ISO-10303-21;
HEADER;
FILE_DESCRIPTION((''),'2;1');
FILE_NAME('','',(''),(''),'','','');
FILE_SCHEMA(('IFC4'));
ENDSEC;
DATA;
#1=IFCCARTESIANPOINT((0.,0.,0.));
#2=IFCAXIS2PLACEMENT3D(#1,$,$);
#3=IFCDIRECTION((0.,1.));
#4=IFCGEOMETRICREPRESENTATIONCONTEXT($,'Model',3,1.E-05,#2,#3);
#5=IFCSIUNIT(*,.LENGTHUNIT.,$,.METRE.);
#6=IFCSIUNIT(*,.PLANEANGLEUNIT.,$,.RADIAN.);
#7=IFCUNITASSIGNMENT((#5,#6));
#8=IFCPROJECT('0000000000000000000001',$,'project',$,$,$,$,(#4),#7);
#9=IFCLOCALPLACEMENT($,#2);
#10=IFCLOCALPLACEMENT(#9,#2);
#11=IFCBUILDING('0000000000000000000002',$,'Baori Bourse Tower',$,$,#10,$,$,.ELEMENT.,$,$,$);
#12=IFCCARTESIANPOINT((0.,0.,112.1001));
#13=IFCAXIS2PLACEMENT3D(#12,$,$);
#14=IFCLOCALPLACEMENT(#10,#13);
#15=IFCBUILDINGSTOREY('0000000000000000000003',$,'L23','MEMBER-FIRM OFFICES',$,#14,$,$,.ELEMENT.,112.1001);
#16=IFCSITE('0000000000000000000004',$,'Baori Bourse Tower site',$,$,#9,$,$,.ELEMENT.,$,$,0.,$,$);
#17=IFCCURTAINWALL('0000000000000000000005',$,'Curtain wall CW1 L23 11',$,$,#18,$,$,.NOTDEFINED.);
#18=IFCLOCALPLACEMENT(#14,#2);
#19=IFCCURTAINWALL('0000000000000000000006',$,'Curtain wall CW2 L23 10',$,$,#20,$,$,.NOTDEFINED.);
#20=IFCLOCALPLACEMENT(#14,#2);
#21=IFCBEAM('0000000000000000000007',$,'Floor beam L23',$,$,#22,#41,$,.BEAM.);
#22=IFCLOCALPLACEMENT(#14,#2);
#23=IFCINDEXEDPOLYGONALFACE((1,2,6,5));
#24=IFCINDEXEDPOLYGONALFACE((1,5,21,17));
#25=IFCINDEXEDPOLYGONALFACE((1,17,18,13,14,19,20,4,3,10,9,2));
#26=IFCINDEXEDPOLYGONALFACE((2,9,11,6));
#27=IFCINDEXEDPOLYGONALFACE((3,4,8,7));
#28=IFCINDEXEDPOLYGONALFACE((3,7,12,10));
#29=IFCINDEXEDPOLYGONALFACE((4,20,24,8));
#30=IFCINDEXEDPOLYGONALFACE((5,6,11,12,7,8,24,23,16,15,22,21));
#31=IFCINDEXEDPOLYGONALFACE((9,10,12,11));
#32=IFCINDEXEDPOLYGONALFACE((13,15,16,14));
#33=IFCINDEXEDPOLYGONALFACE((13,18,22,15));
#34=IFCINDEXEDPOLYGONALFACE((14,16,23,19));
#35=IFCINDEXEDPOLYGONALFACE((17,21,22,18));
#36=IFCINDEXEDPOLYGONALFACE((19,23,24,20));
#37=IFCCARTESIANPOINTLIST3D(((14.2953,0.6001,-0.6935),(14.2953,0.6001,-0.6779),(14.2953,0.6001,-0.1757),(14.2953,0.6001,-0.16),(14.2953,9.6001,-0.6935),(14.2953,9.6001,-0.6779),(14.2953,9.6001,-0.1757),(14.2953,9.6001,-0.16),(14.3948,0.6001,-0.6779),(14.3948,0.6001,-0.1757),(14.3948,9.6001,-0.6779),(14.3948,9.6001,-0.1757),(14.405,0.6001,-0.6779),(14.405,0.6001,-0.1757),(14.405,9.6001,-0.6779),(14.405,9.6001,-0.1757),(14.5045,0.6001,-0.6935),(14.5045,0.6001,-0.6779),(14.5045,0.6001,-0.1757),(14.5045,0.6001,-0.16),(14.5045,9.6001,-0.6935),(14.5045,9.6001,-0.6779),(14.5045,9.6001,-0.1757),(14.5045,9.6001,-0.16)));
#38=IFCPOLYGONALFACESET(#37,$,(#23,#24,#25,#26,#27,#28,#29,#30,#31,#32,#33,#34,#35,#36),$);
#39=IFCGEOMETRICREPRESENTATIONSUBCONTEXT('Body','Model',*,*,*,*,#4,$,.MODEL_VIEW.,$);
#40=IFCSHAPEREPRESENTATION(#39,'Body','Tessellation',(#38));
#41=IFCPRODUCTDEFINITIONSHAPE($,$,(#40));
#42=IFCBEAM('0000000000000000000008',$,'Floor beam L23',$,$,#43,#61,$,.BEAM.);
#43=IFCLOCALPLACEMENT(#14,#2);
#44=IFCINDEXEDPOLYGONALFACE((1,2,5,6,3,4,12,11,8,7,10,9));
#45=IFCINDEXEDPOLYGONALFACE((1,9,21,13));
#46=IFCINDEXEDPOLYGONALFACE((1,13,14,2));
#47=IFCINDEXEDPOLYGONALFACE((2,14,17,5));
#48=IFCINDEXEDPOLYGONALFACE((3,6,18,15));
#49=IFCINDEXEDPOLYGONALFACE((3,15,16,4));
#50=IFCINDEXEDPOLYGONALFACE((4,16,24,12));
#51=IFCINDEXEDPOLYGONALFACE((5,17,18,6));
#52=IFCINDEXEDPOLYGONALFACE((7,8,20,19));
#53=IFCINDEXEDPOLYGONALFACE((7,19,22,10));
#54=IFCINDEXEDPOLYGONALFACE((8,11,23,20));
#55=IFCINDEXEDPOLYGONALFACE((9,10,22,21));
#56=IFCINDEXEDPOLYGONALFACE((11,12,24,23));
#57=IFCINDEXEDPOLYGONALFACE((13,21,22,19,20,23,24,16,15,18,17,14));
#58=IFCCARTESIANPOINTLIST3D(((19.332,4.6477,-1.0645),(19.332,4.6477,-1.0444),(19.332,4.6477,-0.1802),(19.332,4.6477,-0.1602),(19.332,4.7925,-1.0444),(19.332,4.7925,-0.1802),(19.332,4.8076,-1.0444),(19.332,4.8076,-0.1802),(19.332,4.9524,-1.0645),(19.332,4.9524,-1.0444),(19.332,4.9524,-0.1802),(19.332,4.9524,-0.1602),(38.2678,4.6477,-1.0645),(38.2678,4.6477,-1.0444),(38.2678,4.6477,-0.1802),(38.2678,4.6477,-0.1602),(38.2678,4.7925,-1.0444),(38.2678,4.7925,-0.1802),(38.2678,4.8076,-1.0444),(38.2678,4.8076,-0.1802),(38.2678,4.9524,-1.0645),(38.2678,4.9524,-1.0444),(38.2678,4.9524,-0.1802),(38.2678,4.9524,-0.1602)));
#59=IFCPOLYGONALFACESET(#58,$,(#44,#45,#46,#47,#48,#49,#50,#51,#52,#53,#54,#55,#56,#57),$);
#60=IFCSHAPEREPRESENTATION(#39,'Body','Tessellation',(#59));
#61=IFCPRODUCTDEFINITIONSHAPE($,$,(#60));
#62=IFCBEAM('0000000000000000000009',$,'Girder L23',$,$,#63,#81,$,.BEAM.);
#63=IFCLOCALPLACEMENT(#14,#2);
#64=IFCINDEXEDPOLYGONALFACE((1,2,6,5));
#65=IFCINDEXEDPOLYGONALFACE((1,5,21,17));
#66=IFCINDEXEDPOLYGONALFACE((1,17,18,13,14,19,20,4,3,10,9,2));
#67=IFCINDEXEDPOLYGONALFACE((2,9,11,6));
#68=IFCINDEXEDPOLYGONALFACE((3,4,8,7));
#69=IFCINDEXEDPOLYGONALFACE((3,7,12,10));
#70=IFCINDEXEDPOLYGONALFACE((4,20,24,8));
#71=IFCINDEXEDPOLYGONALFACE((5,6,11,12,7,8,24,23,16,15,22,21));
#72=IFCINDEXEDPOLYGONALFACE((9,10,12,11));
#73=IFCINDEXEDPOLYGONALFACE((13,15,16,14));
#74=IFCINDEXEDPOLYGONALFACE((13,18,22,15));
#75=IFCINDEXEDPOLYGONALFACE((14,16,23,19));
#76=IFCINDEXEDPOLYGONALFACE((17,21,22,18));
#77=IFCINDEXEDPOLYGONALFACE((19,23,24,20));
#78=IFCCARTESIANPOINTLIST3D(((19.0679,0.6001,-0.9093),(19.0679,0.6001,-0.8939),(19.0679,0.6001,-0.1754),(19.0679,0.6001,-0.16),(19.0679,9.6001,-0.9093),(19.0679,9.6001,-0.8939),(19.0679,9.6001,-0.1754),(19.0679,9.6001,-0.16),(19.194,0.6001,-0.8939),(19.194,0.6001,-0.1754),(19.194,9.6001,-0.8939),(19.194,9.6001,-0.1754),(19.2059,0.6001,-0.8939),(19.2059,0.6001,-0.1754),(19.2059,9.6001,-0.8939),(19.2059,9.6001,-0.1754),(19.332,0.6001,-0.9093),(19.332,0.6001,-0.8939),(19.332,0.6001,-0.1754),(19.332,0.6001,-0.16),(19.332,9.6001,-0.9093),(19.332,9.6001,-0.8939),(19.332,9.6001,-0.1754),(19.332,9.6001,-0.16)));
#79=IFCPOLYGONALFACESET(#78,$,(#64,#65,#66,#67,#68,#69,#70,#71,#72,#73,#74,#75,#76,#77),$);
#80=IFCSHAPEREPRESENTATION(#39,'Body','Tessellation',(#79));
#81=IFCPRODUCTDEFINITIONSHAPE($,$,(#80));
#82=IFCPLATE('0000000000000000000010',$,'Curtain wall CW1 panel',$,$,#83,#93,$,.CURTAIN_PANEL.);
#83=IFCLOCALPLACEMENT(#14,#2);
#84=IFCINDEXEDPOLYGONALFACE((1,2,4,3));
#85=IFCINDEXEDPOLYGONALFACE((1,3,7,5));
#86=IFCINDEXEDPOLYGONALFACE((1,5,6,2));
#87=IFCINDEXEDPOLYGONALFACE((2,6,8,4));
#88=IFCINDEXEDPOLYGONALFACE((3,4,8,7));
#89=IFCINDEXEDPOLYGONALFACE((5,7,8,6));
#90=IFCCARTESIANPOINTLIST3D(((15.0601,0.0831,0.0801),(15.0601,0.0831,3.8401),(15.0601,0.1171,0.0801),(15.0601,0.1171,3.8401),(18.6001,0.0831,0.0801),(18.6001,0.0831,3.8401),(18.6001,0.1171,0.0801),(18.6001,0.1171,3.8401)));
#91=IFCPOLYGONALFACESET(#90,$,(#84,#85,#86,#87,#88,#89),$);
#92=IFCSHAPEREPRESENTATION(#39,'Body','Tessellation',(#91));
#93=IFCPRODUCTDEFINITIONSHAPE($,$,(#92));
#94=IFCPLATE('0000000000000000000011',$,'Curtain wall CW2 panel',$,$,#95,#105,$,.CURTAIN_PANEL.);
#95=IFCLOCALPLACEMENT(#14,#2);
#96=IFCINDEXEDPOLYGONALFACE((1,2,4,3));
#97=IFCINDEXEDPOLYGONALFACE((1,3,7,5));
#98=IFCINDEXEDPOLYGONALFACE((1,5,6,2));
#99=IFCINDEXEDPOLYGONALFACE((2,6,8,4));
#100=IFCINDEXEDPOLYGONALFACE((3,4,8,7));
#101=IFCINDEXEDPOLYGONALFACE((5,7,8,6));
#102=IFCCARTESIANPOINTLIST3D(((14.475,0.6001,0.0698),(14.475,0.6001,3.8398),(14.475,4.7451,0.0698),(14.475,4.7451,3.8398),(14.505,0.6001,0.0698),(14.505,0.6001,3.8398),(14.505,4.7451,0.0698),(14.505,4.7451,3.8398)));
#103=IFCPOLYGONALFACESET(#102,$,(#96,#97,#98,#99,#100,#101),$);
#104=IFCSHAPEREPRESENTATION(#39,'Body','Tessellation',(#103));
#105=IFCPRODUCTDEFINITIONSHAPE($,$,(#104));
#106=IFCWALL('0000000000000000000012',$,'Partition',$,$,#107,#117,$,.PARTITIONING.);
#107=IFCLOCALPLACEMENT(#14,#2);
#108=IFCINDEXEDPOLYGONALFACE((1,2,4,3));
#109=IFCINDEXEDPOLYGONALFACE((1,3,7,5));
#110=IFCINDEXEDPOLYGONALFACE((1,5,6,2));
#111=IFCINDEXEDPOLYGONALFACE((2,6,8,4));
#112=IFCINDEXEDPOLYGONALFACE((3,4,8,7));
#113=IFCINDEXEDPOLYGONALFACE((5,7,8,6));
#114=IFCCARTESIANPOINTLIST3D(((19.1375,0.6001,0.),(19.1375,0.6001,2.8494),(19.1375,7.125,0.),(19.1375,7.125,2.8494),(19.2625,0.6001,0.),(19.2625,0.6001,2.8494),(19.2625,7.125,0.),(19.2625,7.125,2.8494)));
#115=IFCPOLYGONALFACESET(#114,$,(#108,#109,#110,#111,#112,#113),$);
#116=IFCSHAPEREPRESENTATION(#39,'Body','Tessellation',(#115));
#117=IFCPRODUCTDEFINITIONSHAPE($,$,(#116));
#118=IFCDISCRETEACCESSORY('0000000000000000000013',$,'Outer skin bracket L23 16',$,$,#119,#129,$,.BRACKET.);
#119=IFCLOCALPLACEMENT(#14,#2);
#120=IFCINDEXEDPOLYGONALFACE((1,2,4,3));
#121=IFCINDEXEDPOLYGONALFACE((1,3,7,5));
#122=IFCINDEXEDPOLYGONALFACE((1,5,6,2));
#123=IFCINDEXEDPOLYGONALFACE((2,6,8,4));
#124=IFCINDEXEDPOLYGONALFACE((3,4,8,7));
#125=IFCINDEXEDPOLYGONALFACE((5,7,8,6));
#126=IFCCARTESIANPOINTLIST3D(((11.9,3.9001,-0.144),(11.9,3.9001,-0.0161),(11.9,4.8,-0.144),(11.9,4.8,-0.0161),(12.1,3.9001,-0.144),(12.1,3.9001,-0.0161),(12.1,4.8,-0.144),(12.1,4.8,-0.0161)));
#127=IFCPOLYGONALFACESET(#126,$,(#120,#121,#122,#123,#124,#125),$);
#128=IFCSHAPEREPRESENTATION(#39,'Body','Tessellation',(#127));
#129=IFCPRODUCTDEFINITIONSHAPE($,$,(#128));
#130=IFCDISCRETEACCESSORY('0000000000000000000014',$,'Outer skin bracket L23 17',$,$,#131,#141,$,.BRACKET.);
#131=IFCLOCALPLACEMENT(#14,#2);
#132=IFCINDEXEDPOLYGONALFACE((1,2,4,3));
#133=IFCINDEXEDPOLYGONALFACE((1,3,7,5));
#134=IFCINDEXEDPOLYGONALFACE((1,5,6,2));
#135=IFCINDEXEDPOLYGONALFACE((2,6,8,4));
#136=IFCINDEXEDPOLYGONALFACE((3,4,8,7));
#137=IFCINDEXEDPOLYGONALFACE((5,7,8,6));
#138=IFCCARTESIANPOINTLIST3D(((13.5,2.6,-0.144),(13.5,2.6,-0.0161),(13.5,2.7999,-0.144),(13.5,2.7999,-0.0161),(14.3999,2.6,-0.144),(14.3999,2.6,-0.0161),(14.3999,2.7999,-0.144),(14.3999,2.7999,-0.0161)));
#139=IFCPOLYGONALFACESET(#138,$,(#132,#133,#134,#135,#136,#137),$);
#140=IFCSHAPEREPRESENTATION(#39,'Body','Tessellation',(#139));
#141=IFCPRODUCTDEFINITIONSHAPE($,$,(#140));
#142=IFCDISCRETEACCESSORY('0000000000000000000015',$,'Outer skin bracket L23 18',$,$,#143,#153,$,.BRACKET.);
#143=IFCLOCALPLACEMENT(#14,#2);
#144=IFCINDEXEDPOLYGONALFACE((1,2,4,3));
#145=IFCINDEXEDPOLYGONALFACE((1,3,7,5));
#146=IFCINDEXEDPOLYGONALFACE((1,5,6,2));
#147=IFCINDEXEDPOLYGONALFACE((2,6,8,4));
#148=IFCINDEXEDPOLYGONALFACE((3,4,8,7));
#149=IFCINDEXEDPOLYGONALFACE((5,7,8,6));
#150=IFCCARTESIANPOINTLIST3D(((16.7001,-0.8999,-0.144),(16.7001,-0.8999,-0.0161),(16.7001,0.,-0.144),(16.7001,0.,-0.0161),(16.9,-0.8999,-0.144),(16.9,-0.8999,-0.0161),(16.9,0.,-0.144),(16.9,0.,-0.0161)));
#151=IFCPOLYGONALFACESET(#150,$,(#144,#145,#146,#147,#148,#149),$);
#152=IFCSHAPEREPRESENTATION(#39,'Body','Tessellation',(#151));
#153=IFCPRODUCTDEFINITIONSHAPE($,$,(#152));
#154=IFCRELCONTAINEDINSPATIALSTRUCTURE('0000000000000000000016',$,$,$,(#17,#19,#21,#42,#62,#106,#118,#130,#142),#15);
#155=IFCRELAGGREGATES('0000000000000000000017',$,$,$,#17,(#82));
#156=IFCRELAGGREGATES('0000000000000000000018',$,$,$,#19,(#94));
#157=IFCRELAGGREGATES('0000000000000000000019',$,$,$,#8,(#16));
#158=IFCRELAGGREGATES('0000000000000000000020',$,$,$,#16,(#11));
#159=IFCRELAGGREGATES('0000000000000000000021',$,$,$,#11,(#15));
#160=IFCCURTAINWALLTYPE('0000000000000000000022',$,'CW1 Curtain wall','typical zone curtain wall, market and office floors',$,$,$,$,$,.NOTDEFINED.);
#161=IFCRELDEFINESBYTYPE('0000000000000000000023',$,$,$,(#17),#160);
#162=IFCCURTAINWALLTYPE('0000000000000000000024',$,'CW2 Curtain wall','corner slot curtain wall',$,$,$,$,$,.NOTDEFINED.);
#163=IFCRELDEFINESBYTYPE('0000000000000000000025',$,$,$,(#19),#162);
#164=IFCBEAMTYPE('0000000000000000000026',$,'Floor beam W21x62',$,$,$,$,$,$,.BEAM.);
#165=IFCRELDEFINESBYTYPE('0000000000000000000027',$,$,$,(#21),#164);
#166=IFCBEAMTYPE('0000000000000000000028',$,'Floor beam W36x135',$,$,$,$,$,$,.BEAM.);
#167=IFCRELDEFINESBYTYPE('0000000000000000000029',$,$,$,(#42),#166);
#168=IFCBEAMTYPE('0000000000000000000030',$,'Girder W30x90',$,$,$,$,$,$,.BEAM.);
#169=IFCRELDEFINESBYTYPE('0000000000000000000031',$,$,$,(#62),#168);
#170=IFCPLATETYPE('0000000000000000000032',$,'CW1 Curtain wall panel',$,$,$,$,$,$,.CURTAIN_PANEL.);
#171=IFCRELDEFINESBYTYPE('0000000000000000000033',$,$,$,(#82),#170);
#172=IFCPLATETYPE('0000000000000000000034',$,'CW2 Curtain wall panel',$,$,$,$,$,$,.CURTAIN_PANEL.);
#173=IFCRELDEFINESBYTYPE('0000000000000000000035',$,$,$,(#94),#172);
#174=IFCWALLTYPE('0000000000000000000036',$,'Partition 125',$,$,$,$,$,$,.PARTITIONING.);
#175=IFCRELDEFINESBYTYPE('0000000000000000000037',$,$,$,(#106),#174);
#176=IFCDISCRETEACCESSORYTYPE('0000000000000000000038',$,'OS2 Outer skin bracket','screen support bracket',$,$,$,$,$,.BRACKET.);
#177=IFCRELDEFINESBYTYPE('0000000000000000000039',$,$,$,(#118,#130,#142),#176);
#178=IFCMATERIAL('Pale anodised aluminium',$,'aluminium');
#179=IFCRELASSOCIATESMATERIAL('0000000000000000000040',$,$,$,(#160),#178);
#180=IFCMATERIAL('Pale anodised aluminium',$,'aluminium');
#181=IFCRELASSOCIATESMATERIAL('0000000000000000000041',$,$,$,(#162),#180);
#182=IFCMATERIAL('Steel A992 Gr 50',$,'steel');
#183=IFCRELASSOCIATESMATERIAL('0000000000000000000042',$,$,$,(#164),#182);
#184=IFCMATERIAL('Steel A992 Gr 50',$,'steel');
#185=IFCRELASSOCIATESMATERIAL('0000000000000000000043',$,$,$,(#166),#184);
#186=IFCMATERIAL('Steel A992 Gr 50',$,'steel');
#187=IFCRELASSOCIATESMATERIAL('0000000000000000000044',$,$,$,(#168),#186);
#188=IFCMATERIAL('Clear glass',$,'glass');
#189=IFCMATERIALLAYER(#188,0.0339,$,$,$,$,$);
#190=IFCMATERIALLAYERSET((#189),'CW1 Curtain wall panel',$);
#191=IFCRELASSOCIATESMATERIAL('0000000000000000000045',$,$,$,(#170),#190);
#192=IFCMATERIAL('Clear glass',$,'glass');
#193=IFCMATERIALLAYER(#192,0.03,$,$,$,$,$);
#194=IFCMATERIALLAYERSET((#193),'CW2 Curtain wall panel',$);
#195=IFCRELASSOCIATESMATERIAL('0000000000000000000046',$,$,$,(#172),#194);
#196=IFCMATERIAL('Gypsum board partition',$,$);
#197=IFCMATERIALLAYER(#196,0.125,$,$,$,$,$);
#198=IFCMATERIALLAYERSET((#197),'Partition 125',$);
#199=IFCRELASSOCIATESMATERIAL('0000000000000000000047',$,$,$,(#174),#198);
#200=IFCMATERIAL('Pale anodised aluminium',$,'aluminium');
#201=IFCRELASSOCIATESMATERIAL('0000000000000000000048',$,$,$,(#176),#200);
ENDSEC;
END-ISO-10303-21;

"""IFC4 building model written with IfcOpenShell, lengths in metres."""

from ifc_helpers import new_model, si_unit, direction, frame, frame_2d, origin, origin_2d, place, context, subcontext, project, spatial, rectangle, i_section, extrude, material, layer, layer_set, material_profile, profile_set, type_object, element, aggregate, save


model = new_model("IFC4")

# Units and contexts
model_context = context("Model", 3, precision=1e-05, world=origin(), true_north=direction((0.0, 1.0)))
body_context = subcontext(model_context, "Body", "Model", "MODEL_VIEW")
ifc_project = project(units=[si_unit("LENGTHUNIT", "METRE"), si_unit("PLANEANGLEUNIT", "RADIAN")], contexts=[model_context])

# Site, building, storey
site_placement = place(None, origin())
site = spatial("IfcSite", under=ifc_project, at=site_placement, Name="Baori Bourse Tower site", CompositionType="ELEMENT", RefElevation=0.0)
building_placement = place(site_placement, origin())
building = spatial("IfcBuilding", under=site, at=building_placement, Name="Baori Bourse Tower", CompositionType="ELEMENT")
storey_placement = place(building_placement, frame((0.0, 0.0, 112.1001)))
storey = spatial("IfcBuildingStorey", under=building, at=storey_placement, Name="L23", Description="MEMBER-FIRM OFFICES", CompositionType="ELEMENT", Elevation=112.1001)

# Curtain walls
ifc_material_1 = material(Name="Pale anodised aluminium", Category="aluminium")
curtain_wall_type_1 = type_object("IfcCurtainWallType", Name="CW1 Curtain wall", Description="typical zone curtain wall, market and office floors", PredefinedType="NOTDEFINED", material=ifc_material_1)
curtain_wall_1_placement = place(storey_placement, origin())
curtain_wall_1 = element("IfcCurtainWall", 1, at=curtain_wall_1_placement, inside=storey, type_object=curtain_wall_type_1, Name="Curtain wall CW1 L23 11", PredefinedType="NOTDEFINED")
ifc_material_2 = material(Name="Pale anodised aluminium", Category="aluminium")
curtain_wall_type_2 = type_object("IfcCurtainWallType", Name="CW2 Curtain wall", Description="corner slot curtain wall", PredefinedType="NOTDEFINED", material=ifc_material_2)
curtain_wall_2_placement = place(storey_placement, origin())
curtain_wall_2 = element("IfcCurtainWall", 2, at=curtain_wall_2_placement, inside=storey, type_object=curtain_wall_type_2, Name="Curtain wall CW2 L23 10", PredefinedType="NOTDEFINED")

# Beams
ifc_material_3 = material(Name="Steel A992 Gr 50", Category="steel")
ifc_material_profile_1 = material_profile(ifc_material_3, i_section(OverallWidth=0.2092, OverallDepth=0.5334, WebThickness=0.0103, FlangeThickness=0.0156, at=origin_2d()), Name="W21x62")
ifc_profile_set_1 = profile_set([ifc_material_profile_1], Name="Steel A992 Gr 50")
beam_type_1 = type_object("IfcBeamType", Name="Floor beam W21x62", PredefinedType="BEAM", material=ifc_profile_set_1)
beam_1_placement = place(storey_placement, frame((14.3999, 0.6001, -0.4268), z_axis=(0.0, 1.0, 0.0), x_axis=(-1.0, 0.0, 0.0)))
element("IfcBeam", 3, at=beam_1_placement, inside=storey, type_object=beam_type_1, Name="Floor beam L23", PredefinedType="BEAM", context=body_context, shape_type="SweptSolid", body=[
    extrude(i_section(OverallWidth=0.2092, OverallDepth=0.5334, WebThickness=0.0103, FlangeThickness=0.0156, at=origin_2d()), origin(), (0.0, 0.0, 1.0), 9.0),
])
ifc_material_4 = material(Name="Steel A992 Gr 50", Category="steel")
ifc_material_profile_2 = material_profile(ifc_material_4, i_section(OverallWidth=0.3047, OverallDepth=0.9043, WebThickness=0.0151, FlangeThickness=0.02, at=origin_2d()), Name="W36x135")
ifc_profile_set_2 = profile_set([ifc_material_profile_2], Name="Steel A992 Gr 50")
beam_type_2 = type_object("IfcBeamType", Name="Floor beam W36x135", PredefinedType="BEAM", material=ifc_profile_set_2)
beam_2_placement = place(storey_placement, frame((19.332, 4.8, -0.6123), z_axis=(1.0, 0.0, 0.0), x_axis=(0.0, 1.0, 0.0)))
element("IfcBeam", 4, at=beam_2_placement, inside=storey, type_object=beam_type_2, Name="Floor beam L23", PredefinedType="BEAM", context=body_context, shape_type="SweptSolid", body=[
    extrude(i_section(OverallWidth=0.3047, OverallDepth=0.9043, WebThickness=0.0151, FlangeThickness=0.02, at=origin_2d()), origin(), (0.0, 0.0, 1.0), 18.9358),
])
ifc_material_5 = material(Name="Steel A992 Gr 50", Category="steel")
ifc_material_profile_3 = material_profile(ifc_material_5, i_section(OverallWidth=0.2642, OverallDepth=0.7493, WebThickness=0.012, FlangeThickness=0.0154, at=origin_2d()), Name="W30x90")
ifc_profile_set_3 = profile_set([ifc_material_profile_3], Name="Steel A992 Gr 50")
beam_type_3 = type_object("IfcBeamType", Name="Girder W30x90", PredefinedType="BEAM", material=ifc_profile_set_3)
beam_3_placement = place(storey_placement, frame((19.2, 0.6001, -0.5347), z_axis=(0.0, 1.0, 0.0), x_axis=(-1.0, 0.0, 0.0)))
element("IfcBeam", 5, at=beam_3_placement, inside=storey, type_object=beam_type_3, Name="Girder L23", PredefinedType="BEAM", context=body_context, shape_type="SweptSolid", body=[
    extrude(i_section(OverallWidth=0.2642, OverallDepth=0.7493, WebThickness=0.012, FlangeThickness=0.0154, at=origin_2d()), origin(), (0.0, 0.0, 1.0), 9.0),
])

# Plates
ifc_material_6 = material(Name="Clear glass", Category="glass")
ifc_layer_1 = layer(ifc_material_6, 0.0339)
ifc_layer_set_1 = layer_set([ifc_layer_1], Name="CW1 Curtain wall panel")
plate_type_1 = type_object("IfcPlateType", Name="CW1 Curtain wall panel", PredefinedType="CURTAIN_PANEL", material=ifc_layer_set_1)
plate_1_placement = place(storey_placement, frame((16.8301, 0.1001, 0.0801), z_axis=(0.0, 0.0, 1.0), x_axis=(1.0, 0.0, 0.0)))
plate_1 = element("IfcPlate", 6, at=plate_1_placement, type_object=plate_type_1, Name="Curtain wall CW1 panel", PredefinedType="CURTAIN_PANEL", context=body_context, shape_type="SweptSolid", body=[
    extrude(rectangle(XDim=3.54, YDim=0.0339, at=origin_2d()), origin(), (0.0, 0.0, 1.0), 3.76),
])
aggregate(curtain_wall_1, [plate_1])
ifc_material_7 = material(Name="Clear glass", Category="glass")
ifc_layer_2 = layer(ifc_material_7, 0.03)
ifc_layer_set_2 = layer_set([ifc_layer_2], Name="CW2 Curtain wall panel")
plate_type_2 = type_object("IfcPlateType", Name="CW2 Curtain wall panel", PredefinedType="CURTAIN_PANEL", material=ifc_layer_set_2)
plate_2_placement = place(storey_placement, frame((14.49, 2.6726, 0.0698), z_axis=(0.0, 0.0, 1.0), x_axis=(0.0, -1.0, 0.0)))
plate_2 = element("IfcPlate", 7, at=plate_2_placement, type_object=plate_type_2, Name="Curtain wall CW2 panel", PredefinedType="CURTAIN_PANEL", context=body_context, shape_type="SweptSolid", body=[
    extrude(rectangle(XDim=4.145, YDim=0.03, at=origin_2d()), origin(), (0.0, 0.0, 1.0), 3.77),
])
aggregate(curtain_wall_2, [plate_2])

# Wall
ifc_material_8 = material(Name="Gypsum board partition")
ifc_layer_3 = layer(ifc_material_8, 0.125)
ifc_layer_set_3 = layer_set([ifc_layer_3], Name="Partition 125")
wall_type = type_object("IfcWallType", Name="Partition 125", PredefinedType="PARTITIONING", material=ifc_layer_set_3)
wall_placement = place(storey_placement, frame((19.2, 0.6001, 0.0), z_axis=(0.0, 0.0, 1.0), x_axis=(0.0, 1.0, 0.0)))
element("IfcWall", 8, at=wall_placement, inside=storey, type_object=wall_type, Name="Partition", PredefinedType="PARTITIONING", context=body_context, shape_type="SweptSolid", body=[
    extrude(rectangle(XDim=6.5249, YDim=0.125, at=frame_2d((3.2625, 0.0))), origin(), (0.0, 0.0, 1.0), 2.8494),
])

# Discrete accessories
ifc_material_9 = material(Name="Pale anodised aluminium", Category="aluminium")
discrete_accessory_type = type_object("IfcDiscreteAccessoryType", Name="OS2 Outer skin bracket", Description="screen support bracket", PredefinedType="BRACKET", material=ifc_material_9)
for number, where, z_axis, x_axis, name in (
    (9, (12.0, 4.3501, -0.144), (0.0, 0.0, 1.0), (1.0, 0.0, 0.0), "Outer skin bracket L23 16"),
    (10, (13.95, 2.7, -0.144), (0.0, 0.0, 1.0), (0.0, -1.0, 0.0), "Outer skin bracket L23 17"),
    (11, (16.8, -0.45, -0.144), (0.0, 0.0, 1.0), (1.0, 0.0, 0.0), "Outer skin bracket L23 18"),
):
    element("IfcDiscreteAccessory", number, at=place(storey_placement, frame(where, z_axis=z_axis, x_axis=x_axis)), inside=storey, type_object=discrete_accessory_type, Name=name, PredefinedType="BRACKET", context=body_context, shape_type="SweptSolid", body=[
        extrude(rectangle(XDim=0.2, YDim=0.8999, at=origin_2d()), origin(), (0.0, 0.0, 1.0), 0.1279),
    ])

save(model, "model.ifc")
